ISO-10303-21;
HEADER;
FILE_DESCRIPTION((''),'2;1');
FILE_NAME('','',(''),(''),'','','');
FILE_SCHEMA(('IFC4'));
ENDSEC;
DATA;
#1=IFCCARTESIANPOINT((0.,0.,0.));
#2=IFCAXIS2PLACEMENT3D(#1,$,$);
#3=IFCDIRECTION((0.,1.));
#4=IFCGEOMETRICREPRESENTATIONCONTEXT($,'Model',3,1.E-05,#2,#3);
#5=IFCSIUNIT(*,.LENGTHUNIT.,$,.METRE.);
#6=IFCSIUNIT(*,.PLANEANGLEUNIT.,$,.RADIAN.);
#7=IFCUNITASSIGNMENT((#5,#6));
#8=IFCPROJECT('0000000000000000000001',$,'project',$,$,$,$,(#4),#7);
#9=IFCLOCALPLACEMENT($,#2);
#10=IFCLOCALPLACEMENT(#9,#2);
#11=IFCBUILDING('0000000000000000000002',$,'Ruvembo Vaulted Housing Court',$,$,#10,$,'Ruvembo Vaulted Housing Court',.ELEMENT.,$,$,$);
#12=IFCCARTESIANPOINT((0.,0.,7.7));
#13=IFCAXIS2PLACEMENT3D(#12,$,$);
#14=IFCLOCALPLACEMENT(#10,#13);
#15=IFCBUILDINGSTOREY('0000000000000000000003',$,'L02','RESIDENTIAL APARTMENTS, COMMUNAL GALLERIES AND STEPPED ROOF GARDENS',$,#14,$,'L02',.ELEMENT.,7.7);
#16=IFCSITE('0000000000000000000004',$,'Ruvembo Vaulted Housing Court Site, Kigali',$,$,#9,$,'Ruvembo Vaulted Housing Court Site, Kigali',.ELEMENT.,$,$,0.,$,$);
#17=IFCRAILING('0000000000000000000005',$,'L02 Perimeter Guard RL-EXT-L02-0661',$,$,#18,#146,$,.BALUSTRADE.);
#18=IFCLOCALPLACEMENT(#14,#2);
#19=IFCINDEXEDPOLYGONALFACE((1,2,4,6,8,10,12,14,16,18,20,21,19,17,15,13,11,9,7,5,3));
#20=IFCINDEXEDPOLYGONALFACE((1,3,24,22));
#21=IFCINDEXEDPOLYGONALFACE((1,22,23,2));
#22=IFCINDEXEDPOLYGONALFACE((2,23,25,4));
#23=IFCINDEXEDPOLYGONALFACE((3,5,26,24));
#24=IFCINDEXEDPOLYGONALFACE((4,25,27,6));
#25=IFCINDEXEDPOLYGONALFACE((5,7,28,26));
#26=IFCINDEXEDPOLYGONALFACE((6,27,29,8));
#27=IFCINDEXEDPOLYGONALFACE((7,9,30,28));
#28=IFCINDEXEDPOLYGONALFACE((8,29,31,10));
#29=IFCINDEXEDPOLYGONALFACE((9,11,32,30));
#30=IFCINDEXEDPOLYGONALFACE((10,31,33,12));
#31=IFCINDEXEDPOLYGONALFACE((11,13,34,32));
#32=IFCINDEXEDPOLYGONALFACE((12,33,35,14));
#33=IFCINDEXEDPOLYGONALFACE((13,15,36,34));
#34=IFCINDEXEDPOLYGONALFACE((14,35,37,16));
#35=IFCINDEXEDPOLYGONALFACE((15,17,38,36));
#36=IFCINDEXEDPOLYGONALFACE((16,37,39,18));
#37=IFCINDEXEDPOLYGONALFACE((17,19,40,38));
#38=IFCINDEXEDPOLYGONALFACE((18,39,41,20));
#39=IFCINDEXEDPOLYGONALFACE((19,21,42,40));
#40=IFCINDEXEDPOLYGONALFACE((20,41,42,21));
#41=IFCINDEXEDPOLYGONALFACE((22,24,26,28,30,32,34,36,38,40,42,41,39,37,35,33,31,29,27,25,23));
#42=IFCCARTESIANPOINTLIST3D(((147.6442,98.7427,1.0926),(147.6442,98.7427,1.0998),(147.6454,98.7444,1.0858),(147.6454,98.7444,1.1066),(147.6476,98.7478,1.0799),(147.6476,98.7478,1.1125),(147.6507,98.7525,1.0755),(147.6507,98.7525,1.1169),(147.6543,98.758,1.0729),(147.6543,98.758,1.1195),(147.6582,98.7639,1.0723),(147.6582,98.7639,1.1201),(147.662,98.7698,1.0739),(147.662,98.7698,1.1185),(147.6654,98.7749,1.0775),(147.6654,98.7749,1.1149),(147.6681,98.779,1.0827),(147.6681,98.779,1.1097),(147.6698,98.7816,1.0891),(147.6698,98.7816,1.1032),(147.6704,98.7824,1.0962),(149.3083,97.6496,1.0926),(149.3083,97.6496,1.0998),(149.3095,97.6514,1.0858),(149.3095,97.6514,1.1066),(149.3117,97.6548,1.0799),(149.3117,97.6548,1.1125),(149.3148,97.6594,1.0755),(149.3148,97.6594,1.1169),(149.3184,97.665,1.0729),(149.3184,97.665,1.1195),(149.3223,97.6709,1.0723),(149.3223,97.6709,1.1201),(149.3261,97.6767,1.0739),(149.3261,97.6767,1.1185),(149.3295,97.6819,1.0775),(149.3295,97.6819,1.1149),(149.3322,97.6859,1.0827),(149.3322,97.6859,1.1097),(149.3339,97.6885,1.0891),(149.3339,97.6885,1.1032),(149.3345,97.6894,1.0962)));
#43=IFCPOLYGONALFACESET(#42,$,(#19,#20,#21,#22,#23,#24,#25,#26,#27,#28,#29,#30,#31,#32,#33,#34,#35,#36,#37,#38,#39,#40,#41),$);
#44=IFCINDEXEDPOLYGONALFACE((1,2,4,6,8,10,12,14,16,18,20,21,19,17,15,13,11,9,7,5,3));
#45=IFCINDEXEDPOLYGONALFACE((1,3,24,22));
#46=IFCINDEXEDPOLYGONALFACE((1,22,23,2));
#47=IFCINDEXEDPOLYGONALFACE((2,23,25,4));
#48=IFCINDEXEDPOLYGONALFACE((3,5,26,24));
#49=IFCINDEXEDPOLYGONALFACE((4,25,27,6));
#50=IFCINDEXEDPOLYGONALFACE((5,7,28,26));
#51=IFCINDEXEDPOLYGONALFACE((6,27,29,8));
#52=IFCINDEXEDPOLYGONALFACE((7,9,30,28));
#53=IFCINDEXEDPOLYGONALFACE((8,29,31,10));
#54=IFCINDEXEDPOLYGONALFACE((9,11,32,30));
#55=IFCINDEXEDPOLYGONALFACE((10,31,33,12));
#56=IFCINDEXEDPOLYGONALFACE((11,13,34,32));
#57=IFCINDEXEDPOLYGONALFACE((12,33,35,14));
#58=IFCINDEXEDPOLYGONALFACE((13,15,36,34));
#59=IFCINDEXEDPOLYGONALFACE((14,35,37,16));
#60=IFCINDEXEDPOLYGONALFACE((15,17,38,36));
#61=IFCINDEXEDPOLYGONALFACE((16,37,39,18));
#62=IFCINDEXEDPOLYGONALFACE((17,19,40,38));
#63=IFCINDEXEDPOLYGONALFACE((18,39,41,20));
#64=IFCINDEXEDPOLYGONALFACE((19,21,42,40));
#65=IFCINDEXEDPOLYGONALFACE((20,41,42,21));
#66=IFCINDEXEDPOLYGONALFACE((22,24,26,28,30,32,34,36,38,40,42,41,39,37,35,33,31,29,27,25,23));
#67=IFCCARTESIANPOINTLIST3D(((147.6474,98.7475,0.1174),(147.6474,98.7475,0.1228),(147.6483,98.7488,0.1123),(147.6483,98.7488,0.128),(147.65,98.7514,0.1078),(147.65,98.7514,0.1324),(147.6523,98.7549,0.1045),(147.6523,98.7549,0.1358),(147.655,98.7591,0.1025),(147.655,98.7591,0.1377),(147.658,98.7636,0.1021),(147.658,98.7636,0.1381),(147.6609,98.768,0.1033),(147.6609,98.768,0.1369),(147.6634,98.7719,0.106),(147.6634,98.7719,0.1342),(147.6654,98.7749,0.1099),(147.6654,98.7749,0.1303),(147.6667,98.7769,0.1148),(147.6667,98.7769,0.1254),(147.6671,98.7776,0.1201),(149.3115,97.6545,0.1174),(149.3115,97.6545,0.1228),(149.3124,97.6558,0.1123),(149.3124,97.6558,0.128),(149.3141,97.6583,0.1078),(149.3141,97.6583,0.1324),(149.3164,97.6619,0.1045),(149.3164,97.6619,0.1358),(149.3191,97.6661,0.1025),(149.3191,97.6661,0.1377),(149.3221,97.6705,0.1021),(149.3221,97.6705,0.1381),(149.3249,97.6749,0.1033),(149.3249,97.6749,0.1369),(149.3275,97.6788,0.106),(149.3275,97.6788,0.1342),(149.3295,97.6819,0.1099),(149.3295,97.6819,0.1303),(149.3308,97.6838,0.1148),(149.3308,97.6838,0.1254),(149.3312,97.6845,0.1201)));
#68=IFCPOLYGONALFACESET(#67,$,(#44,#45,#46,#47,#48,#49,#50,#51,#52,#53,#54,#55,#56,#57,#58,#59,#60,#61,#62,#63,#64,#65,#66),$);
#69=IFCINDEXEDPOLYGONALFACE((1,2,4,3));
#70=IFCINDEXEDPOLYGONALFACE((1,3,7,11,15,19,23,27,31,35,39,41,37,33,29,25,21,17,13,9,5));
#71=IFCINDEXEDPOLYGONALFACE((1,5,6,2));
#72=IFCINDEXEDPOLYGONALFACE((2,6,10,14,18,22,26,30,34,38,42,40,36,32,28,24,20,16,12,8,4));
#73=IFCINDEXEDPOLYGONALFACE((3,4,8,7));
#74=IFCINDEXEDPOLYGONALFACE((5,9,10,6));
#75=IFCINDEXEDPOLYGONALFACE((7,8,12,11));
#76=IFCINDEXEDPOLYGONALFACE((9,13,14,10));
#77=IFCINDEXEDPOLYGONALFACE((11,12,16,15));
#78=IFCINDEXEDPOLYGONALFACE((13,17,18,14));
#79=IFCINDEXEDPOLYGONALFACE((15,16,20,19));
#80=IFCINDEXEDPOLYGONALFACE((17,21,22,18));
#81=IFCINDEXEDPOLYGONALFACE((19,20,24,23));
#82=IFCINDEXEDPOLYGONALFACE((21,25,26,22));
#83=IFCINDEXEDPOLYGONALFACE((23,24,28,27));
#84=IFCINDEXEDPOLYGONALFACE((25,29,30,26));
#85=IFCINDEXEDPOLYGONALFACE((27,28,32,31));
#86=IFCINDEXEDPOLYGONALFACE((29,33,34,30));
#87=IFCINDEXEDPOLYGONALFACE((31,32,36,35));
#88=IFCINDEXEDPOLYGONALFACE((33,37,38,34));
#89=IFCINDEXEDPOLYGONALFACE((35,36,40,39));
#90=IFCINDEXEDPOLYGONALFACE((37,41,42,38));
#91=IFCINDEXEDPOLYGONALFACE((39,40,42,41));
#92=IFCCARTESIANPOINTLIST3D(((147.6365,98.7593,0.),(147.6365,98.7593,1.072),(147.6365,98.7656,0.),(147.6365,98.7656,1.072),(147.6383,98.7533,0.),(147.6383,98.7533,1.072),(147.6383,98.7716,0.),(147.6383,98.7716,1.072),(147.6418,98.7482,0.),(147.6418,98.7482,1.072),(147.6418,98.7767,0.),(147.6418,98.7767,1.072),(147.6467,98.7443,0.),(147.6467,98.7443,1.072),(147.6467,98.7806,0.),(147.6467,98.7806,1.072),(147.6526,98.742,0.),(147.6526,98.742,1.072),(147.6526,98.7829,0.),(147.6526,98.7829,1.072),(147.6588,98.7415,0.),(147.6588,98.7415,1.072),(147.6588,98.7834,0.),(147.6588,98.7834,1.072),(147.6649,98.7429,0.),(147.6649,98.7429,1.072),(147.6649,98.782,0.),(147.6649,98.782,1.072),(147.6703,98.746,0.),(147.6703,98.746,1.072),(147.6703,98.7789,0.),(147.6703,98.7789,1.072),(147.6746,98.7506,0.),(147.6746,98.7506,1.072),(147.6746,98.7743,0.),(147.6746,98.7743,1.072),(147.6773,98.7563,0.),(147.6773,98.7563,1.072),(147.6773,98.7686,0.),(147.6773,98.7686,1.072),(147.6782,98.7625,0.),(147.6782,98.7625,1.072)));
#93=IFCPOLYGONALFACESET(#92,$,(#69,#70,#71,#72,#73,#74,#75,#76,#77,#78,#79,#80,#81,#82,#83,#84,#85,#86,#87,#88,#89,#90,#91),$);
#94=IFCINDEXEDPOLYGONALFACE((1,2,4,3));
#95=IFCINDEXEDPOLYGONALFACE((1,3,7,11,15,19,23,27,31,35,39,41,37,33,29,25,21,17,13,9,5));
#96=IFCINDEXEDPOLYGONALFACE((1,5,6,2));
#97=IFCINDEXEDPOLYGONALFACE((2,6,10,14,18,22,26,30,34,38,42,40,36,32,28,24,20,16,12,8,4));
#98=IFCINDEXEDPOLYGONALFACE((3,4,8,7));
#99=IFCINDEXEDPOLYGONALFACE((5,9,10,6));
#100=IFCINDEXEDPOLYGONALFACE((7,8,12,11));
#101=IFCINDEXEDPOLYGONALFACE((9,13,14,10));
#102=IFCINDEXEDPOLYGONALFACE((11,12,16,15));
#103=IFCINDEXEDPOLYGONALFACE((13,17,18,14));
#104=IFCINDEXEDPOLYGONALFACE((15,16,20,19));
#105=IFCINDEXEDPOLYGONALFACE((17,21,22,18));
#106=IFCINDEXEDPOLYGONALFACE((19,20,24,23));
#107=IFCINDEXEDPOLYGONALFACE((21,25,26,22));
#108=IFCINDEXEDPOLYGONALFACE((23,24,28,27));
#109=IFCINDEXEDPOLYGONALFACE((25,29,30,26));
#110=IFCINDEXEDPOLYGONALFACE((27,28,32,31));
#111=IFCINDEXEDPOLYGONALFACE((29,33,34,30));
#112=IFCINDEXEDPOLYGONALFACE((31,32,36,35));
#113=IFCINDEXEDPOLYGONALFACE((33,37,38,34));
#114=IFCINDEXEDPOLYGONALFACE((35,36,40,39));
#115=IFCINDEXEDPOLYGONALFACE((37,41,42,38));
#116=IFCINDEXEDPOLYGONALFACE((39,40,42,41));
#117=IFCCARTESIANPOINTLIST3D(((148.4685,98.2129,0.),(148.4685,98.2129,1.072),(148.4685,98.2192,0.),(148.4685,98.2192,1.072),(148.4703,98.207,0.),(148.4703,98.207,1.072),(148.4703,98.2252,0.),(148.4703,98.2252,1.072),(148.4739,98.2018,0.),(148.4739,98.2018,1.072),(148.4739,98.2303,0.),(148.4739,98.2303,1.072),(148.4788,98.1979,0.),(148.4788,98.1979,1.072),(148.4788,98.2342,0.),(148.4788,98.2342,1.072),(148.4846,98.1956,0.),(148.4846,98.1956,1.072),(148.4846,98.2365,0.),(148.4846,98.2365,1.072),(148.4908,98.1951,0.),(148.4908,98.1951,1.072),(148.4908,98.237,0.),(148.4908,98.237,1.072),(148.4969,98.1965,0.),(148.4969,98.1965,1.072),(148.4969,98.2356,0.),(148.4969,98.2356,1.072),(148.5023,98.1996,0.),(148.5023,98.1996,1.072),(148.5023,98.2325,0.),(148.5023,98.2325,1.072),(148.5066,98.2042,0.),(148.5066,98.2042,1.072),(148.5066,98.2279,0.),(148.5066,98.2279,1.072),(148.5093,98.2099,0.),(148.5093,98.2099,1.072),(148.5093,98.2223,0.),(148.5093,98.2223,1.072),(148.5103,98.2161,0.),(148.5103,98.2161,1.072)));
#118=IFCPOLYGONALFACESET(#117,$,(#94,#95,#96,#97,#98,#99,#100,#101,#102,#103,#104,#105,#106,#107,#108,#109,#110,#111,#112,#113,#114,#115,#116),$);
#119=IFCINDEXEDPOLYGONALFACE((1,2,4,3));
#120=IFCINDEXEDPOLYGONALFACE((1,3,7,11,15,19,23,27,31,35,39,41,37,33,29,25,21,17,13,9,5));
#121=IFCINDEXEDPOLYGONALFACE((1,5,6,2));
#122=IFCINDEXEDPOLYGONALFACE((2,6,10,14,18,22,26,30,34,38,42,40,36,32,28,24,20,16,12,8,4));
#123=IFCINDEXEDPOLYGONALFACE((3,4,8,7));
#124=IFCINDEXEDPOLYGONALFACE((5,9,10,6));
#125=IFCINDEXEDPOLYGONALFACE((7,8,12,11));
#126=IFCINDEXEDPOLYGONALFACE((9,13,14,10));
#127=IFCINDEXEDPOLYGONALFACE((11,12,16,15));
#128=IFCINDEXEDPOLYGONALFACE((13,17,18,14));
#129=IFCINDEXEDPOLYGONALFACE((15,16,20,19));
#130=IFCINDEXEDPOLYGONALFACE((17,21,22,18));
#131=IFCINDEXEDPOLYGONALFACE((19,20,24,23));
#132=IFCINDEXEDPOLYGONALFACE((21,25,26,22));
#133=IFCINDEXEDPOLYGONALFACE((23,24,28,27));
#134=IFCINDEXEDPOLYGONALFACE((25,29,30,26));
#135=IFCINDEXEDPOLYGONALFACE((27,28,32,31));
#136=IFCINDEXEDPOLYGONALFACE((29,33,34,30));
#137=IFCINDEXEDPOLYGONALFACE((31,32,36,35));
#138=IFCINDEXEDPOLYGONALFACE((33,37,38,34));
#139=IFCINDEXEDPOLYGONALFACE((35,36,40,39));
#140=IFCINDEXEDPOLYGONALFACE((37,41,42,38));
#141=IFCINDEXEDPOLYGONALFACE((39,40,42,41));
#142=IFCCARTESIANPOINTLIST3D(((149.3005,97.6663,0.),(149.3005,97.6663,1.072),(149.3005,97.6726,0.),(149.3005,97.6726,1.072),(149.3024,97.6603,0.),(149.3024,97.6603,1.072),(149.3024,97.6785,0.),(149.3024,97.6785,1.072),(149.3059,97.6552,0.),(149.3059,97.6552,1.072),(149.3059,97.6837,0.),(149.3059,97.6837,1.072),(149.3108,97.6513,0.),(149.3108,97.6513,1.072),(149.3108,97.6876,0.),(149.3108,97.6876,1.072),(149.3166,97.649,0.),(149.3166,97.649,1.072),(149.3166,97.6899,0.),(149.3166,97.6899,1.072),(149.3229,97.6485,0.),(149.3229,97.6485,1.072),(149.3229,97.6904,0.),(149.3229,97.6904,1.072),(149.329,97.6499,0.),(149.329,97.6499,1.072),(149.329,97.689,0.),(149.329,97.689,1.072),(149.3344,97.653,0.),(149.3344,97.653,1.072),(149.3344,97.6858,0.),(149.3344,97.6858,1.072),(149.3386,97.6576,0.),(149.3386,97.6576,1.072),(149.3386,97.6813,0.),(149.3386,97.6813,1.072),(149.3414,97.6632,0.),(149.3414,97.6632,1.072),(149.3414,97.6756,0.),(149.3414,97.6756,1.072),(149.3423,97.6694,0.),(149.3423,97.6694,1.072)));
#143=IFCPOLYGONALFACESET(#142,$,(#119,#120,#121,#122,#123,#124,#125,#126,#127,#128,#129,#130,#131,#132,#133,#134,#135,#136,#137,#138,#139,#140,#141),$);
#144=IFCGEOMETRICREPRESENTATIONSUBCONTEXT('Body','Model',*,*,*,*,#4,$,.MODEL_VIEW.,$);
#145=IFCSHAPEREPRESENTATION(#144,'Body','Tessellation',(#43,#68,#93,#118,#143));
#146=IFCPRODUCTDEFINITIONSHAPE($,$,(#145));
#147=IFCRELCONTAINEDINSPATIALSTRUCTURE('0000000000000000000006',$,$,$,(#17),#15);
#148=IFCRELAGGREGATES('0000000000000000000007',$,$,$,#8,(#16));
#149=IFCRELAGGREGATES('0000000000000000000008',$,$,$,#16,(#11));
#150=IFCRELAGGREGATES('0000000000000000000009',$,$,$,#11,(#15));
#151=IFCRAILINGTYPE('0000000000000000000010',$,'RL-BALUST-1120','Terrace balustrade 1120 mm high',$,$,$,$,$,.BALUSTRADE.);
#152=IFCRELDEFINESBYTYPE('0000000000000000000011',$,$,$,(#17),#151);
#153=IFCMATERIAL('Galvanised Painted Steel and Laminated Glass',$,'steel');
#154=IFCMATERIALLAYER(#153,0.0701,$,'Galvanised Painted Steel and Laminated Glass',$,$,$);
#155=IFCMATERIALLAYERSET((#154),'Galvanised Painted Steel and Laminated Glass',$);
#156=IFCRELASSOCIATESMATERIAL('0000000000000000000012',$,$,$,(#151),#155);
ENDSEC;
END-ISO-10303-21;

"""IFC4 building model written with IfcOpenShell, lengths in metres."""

from ifc_helpers import new_model, si_unit, direction, frame, origin, origin_2d, place, context, subcontext, project, spatial, circle, extrude, material, layer, layer_set, type_object, element, save


model = new_model("IFC4")

# Units and contexts
model_context = context("Model", 3, precision=1e-05, world=origin(), true_north=direction((0.0, 1.0)))
body_context = subcontext(model_context, "Body", "Model", "MODEL_VIEW")
ifc_project = project(units=[si_unit("LENGTHUNIT", "METRE"), si_unit("PLANEANGLEUNIT", "RADIAN")], contexts=[model_context])

# Site, building, storey
site_placement = place(None, origin())
site = spatial("IfcSite", under=ifc_project, at=site_placement, Name="Ruvembo Vaulted Housing Court Site, Kigali", LongName="Ruvembo Vaulted Housing Court Site, Kigali", CompositionType="ELEMENT", RefElevation=0.0)
building_placement = place(site_placement, origin())
building = spatial("IfcBuilding", under=site, at=building_placement, Name="Ruvembo Vaulted Housing Court", LongName="Ruvembo Vaulted Housing Court", CompositionType="ELEMENT")
storey_placement = place(building_placement, frame((0.0, 0.0, 7.7)))
storey = spatial("IfcBuildingStorey", under=building, at=storey_placement, Name="L02", Description="RESIDENTIAL APARTMENTS, COMMUNAL GALLERIES AND STEPPED ROOF GARDENS", LongName="L02", CompositionType="ELEMENT", Elevation=7.7)

# Railing
ifc_material_1 = material(Name="Galvanised Painted Steel and Laminated Glass", Category="steel")
ifc_layer_1 = layer(ifc_material_1, 0.0701, Name="Galvanised Painted Steel and Laminated Glass")
ifc_layer_set_1 = layer_set([ifc_layer_1], Name="Galvanised Painted Steel and Laminated Glass")
railing_type = type_object("IfcRailingType", Name="RL-BALUST-1120", Description="Terrace balustrade 1120 mm high", PredefinedType="BALUSTRADE", material=ifc_layer_set_1)
railing_1_placement = place(storey_placement, frame((147.6572, 98.7625, 0.0)))
element("IfcRailing", 1, at=railing_1_placement, inside=storey, type_object=railing_type, Name="L02 Perimeter Guard RL-EXT-L02-0661", PredefinedType="BALUSTRADE", context=body_context, shape_type="SweptSolid", body=[
    extrude(circle(Radius=0.0239, at=origin_2d()), frame((0.0, 0.0, 1.0962), z_axis=(0.835823, -0.548999, 0.0), x_axis=(0.548999, 0.835823, 0.0)), (0.0, 0.0, 1.0), 1.991),
    extrude(circle(Radius=0.0181, at=origin_2d()), frame((0.0, 0.0, 0.1201), z_axis=(0.835823, -0.548999, 0.0), x_axis=(0.548999, 0.835823, 0.0)), (0.0, 0.0, 1.0), 1.991),
    extrude(circle(Radius=0.021, at=origin_2d()), origin(), (0.0, 0.0, 1.0), 1.072),
    extrude(circle(Radius=0.021, at=origin_2d()), frame((0.832, -0.5464, 0.0)), (0.0, 0.0, 1.0), 1.072),
    extrude(circle(Radius=0.021, at=origin_2d()), frame((1.6641, -1.093, 0.0)), (0.0, 0.0, 1.0), 1.072),
])

save(model, "model.ifc")
